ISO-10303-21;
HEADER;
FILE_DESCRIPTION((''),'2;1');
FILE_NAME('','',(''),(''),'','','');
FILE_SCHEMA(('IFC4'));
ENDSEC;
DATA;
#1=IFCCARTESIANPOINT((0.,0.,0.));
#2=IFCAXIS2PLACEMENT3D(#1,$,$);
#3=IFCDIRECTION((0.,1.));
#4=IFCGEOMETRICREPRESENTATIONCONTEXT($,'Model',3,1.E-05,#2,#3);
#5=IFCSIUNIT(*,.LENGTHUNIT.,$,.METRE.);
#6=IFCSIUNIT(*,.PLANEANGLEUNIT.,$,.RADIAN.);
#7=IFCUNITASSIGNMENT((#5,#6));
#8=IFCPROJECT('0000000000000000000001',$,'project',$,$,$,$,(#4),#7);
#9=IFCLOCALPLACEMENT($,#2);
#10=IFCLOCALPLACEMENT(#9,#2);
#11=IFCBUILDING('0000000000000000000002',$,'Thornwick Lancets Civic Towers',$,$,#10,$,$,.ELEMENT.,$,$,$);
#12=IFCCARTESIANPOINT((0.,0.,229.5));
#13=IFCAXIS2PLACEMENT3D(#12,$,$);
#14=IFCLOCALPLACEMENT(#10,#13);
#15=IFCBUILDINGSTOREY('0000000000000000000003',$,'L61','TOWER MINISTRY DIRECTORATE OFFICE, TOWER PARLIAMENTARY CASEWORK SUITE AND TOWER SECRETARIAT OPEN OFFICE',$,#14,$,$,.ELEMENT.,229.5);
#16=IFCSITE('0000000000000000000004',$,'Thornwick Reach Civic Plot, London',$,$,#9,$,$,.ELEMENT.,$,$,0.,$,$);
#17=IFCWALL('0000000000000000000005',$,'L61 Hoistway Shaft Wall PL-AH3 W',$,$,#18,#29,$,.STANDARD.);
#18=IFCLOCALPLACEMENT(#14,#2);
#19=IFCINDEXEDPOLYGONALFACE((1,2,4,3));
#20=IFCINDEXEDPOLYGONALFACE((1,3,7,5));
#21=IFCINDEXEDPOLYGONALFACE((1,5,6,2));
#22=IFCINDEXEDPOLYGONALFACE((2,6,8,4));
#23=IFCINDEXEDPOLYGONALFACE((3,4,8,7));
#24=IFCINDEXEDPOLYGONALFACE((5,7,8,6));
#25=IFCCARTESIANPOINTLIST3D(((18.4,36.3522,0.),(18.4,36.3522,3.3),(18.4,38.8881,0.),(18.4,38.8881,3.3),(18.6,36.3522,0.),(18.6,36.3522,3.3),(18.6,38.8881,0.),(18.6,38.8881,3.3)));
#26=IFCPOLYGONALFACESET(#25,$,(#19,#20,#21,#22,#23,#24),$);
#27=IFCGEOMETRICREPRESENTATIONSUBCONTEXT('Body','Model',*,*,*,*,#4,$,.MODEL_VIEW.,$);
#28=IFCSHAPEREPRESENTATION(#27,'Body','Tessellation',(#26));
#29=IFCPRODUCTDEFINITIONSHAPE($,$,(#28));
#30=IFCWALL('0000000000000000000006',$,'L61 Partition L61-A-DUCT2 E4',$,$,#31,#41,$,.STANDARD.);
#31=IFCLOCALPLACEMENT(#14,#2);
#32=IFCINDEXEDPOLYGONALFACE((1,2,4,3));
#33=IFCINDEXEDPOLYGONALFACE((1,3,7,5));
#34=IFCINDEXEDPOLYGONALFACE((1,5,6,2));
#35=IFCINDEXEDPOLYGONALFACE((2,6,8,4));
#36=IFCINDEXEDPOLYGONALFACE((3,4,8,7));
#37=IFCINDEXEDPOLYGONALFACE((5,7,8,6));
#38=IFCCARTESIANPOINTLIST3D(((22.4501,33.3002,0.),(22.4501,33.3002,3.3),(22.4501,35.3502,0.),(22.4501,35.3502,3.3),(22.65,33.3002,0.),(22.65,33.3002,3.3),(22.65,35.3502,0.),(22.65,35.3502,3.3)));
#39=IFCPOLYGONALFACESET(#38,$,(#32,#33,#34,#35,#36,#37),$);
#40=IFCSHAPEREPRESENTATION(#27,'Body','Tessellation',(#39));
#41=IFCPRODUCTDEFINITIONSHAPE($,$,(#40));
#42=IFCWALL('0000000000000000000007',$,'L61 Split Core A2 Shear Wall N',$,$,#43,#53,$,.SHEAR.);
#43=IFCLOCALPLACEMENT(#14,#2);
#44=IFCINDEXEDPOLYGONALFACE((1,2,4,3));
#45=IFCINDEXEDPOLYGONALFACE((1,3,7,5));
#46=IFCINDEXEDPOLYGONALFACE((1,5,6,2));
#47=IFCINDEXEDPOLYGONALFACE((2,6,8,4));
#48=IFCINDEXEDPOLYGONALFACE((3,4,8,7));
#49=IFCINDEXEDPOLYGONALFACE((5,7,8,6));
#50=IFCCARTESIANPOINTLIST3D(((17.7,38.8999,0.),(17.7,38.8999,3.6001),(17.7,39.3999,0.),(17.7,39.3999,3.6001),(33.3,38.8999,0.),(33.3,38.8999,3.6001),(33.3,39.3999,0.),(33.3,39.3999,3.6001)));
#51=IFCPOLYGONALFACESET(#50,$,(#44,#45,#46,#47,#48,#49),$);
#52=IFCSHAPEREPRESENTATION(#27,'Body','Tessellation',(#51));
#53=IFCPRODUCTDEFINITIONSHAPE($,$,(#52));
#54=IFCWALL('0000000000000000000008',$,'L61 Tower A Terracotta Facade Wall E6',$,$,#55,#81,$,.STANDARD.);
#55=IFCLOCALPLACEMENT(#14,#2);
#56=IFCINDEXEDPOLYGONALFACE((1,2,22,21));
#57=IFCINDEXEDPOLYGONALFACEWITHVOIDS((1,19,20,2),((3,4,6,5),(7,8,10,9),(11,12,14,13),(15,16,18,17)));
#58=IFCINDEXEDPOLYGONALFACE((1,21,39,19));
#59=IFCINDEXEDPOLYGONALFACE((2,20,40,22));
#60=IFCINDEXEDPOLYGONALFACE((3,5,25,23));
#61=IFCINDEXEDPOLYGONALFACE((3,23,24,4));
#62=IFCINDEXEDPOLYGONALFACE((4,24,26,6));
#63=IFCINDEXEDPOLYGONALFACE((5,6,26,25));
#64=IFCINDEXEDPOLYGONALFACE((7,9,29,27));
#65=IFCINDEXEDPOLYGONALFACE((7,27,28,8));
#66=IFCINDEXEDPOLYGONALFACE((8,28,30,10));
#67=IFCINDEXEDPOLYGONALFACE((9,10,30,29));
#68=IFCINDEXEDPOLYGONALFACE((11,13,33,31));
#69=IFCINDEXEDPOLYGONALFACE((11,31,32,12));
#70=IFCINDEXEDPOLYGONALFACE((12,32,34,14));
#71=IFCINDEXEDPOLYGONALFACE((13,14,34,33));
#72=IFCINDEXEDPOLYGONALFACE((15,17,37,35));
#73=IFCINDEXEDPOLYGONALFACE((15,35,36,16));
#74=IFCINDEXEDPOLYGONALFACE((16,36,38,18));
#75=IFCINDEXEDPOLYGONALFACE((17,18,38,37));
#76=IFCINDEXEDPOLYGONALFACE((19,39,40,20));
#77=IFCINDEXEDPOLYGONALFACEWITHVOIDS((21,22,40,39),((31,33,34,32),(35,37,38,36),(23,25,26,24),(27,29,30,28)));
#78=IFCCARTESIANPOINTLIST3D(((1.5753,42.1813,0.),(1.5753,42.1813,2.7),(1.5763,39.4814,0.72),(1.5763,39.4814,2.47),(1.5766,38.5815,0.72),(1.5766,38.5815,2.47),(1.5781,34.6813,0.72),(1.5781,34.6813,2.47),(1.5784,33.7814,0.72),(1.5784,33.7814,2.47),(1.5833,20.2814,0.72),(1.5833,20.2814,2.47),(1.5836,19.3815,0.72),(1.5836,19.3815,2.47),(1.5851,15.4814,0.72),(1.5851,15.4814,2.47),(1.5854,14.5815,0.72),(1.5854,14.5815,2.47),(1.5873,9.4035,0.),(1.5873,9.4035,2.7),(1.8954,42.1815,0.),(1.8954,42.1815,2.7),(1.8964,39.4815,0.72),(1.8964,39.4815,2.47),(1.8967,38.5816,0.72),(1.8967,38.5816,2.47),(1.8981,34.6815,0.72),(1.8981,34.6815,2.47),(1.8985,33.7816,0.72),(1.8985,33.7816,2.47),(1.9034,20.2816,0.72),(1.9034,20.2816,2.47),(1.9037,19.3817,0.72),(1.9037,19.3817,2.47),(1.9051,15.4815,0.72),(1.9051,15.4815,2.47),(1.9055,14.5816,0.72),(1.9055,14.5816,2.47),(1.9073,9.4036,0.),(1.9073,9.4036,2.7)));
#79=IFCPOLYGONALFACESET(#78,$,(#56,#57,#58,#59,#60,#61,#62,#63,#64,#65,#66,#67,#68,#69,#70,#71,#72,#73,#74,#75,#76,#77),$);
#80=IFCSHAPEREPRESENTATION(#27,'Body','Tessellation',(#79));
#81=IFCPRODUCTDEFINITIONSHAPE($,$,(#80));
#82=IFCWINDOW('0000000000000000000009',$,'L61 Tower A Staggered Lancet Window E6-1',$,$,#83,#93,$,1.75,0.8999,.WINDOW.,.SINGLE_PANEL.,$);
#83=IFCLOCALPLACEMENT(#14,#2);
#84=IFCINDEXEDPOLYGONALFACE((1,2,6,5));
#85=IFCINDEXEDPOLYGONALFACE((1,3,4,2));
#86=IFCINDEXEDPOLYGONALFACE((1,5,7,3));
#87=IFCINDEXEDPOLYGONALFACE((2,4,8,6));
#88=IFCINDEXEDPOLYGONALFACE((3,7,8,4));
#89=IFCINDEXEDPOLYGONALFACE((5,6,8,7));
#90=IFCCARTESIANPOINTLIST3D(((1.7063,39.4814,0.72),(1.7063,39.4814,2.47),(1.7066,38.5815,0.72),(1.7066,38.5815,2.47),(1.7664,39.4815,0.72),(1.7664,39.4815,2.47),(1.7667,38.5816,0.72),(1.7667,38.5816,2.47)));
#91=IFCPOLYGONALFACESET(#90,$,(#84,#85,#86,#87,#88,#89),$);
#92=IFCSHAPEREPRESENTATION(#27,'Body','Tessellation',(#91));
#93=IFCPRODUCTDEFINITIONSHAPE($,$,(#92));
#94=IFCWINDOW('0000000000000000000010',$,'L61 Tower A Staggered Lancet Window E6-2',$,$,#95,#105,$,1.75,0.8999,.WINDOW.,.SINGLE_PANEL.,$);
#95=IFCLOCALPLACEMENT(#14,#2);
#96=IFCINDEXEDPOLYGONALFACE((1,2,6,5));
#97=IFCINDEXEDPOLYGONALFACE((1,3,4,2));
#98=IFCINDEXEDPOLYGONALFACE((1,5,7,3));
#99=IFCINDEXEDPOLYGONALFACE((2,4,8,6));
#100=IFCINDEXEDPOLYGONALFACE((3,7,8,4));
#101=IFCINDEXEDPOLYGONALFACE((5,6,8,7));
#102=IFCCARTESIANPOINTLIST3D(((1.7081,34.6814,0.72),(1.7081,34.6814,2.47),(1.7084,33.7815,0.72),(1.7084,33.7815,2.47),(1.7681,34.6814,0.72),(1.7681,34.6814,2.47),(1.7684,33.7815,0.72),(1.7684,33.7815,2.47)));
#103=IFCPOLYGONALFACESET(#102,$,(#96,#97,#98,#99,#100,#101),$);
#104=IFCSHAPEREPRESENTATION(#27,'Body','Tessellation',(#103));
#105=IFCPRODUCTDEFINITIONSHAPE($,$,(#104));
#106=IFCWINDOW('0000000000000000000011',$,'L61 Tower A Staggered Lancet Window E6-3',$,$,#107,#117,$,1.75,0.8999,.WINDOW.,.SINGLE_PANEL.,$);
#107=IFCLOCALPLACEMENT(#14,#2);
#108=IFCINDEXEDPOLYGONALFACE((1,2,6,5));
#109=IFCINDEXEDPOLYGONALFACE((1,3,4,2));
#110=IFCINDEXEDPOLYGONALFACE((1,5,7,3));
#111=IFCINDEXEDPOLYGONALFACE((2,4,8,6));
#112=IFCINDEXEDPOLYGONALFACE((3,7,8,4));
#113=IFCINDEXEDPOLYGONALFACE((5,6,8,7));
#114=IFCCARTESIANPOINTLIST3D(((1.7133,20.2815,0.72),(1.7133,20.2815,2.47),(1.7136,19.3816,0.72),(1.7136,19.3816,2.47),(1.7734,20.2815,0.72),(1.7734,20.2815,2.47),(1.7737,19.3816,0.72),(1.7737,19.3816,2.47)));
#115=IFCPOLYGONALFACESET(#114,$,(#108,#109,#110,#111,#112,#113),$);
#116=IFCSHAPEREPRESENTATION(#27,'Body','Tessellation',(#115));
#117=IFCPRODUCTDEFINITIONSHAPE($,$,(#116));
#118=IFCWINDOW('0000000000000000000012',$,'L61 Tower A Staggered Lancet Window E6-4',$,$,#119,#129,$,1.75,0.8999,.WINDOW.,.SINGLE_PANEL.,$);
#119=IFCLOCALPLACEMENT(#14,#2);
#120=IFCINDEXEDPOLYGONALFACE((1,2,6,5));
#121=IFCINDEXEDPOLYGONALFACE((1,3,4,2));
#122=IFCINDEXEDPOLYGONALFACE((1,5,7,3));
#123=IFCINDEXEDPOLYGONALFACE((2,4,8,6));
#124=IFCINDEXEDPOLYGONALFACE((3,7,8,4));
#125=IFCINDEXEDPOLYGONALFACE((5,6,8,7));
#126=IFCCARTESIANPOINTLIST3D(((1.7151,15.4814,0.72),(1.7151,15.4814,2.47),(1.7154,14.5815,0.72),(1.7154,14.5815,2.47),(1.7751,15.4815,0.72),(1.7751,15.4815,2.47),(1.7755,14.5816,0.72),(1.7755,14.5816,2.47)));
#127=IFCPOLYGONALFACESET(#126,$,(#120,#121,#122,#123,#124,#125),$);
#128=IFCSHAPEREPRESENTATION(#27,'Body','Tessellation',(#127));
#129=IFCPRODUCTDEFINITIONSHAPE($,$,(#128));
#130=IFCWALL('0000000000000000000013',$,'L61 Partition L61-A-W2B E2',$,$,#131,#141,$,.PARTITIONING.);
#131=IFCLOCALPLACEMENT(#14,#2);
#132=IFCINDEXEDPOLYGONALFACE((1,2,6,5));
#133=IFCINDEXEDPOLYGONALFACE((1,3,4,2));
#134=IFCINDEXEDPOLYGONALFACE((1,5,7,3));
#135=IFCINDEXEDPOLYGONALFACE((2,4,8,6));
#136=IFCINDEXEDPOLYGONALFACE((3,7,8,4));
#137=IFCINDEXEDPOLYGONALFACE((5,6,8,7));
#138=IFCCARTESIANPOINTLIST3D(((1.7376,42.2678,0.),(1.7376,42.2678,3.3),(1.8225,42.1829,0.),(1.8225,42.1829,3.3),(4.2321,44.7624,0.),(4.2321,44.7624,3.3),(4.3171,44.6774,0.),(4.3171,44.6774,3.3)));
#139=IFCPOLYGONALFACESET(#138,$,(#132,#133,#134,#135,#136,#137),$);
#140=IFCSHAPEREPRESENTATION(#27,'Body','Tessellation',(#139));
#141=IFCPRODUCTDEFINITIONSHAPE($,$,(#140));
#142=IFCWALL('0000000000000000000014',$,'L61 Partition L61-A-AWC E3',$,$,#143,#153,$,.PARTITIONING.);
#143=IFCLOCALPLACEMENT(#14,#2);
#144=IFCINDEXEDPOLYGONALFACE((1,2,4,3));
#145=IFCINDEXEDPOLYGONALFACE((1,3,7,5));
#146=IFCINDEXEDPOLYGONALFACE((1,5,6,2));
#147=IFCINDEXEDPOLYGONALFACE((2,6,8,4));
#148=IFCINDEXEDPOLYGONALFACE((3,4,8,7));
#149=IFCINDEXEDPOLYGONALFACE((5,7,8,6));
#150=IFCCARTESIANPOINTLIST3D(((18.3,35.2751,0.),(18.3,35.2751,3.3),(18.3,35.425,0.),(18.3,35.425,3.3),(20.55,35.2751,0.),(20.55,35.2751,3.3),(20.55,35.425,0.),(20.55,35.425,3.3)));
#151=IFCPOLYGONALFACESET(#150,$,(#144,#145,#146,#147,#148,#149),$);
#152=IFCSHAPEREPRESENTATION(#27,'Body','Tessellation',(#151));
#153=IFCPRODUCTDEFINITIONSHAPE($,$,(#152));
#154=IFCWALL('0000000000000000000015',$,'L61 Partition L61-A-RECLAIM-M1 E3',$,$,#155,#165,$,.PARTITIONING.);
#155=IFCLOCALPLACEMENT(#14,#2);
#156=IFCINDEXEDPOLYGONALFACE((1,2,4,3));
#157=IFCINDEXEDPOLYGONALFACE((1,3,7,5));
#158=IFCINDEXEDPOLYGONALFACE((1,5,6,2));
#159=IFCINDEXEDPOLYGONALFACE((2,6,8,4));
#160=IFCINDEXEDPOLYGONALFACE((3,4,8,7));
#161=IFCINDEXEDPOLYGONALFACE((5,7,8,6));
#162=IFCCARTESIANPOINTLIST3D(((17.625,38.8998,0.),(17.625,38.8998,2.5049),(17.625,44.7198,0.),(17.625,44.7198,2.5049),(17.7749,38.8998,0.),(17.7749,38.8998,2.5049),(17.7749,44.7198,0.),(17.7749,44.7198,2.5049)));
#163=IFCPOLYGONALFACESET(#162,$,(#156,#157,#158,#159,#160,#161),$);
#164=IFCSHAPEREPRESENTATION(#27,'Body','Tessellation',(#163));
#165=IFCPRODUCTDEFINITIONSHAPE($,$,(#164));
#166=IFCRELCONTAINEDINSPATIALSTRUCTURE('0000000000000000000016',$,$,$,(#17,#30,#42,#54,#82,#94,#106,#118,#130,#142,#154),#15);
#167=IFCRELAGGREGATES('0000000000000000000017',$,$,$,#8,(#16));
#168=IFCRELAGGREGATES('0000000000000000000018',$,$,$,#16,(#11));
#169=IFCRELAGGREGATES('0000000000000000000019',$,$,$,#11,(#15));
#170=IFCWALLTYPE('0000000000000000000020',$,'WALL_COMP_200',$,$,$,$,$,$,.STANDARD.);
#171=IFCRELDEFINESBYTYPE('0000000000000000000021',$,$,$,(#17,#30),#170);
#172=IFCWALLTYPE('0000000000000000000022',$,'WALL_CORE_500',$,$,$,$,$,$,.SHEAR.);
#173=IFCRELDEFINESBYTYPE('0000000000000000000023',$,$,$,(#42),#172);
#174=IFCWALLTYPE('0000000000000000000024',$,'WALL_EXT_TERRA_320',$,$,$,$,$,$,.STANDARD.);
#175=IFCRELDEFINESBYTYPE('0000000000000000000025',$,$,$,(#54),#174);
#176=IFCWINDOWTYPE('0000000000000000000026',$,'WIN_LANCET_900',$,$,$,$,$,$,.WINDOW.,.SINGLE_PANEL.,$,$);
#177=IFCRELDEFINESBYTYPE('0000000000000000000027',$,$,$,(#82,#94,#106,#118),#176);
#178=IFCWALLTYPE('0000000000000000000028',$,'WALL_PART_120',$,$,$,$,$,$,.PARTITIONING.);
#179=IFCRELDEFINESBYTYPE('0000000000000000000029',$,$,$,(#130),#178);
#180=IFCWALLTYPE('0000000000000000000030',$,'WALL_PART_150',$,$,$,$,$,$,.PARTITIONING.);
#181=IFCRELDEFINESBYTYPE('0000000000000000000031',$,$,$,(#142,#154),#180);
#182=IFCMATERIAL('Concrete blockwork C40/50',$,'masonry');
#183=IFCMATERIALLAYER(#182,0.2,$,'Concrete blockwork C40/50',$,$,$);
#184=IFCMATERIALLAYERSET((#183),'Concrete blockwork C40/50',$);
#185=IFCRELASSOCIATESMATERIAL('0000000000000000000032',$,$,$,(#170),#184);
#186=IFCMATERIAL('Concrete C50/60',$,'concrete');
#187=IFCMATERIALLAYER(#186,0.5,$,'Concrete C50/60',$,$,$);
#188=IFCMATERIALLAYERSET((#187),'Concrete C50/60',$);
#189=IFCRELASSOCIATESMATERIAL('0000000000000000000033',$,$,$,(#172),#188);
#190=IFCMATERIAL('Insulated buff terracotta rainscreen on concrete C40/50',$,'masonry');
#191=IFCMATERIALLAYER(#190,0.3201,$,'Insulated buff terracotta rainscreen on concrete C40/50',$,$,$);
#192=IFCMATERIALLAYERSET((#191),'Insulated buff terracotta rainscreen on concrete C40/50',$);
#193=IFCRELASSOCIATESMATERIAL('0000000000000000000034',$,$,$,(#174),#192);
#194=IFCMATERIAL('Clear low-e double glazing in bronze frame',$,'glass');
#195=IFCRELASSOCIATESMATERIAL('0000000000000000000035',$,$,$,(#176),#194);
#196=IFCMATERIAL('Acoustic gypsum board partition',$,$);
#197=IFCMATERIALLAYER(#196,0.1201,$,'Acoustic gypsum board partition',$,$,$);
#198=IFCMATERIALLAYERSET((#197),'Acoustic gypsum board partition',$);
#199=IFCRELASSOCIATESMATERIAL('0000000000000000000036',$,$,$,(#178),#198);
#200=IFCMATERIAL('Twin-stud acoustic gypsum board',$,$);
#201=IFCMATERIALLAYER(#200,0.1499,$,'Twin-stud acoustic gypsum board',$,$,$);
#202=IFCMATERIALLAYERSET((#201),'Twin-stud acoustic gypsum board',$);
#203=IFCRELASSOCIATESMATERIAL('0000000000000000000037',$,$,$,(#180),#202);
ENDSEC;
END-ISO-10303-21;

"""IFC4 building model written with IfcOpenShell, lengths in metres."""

from ifc_helpers import new_model, si_unit, direction, frame, frame_2d, origin, place, context, subcontext, project, spatial, rectangle, extrude, material, layer, layer_set, type_object, element, fill, save


model = new_model("IFC4")

# Units and contexts
model_context = context("Model", 3, precision=1e-05, world=origin(), true_north=direction((0.0, 1.0)))
body_context = subcontext(model_context, "Body", "Model", "MODEL_VIEW")
ifc_project = project(units=[si_unit("LENGTHUNIT", "METRE"), si_unit("PLANEANGLEUNIT", "RADIAN")], contexts=[model_context])

# Site, building, storey
site_placement = place(None, origin())
site = spatial("IfcSite", under=ifc_project, at=site_placement, Name="Thornwick Reach Civic Plot, London", CompositionType="ELEMENT", RefElevation=0.0)
building_placement = place(site_placement, origin())
building = spatial("IfcBuilding", under=site, at=building_placement, Name="Thornwick Lancets Civic Towers", CompositionType="ELEMENT")
storey_placement = place(building_placement, frame((0.0, 0.0, 229.5)))
storey = spatial("IfcBuildingStorey", under=building, at=storey_placement, Name="L61", Description="TOWER MINISTRY DIRECTORATE OFFICE, TOWER PARLIAMENTARY CASEWORK SUITE AND TOWER SECRETARIAT OPEN OFFICE", CompositionType="ELEMENT", Elevation=229.5)

# Shared definitions
ifc_material_1 = material(Name="Concrete C50/60", Category="concrete")

# Shared definitions
ifc_material_2 = material(Name="Concrete blockwork C40/50", Category="masonry")
ifc_layer_1 = layer(ifc_material_2, 0.2, Name="Concrete blockwork C40/50")
ifc_layer_set_1 = layer_set([ifc_layer_1], Name="Concrete blockwork C40/50")
wall_type_1 = type_object("IfcWallType", Name="WALL_COMP_200", PredefinedType="STANDARD", material=ifc_layer_set_1)

# Walls
for number, where, z_axis, x_axis, name in (
    (1, (18.5, 36.3521, 0.0), (0.0, 0.0, 1.0), (0.0, 1.0, 0.0), "L61 Hoistway Shaft Wall PL-AH3 W"),
):
    element("IfcWall", number, at=place(storey_placement, frame(where, z_axis=z_axis, x_axis=x_axis)), inside=storey, type_object=wall_type_1, Name=name, PredefinedType="STANDARD", context=body_context, shape_type="SweptSolid", body=[
        extrude(rectangle(XDim=2.5359, YDim=0.2, at=frame_2d((1.2681, 0.0))), origin(), (0.0, 0.0, 1.0), 3.3),
    ])
wall_1_placement = place(storey_placement, frame((22.55, 35.3501, 0.0), z_axis=(0.0, 0.0, 1.0), x_axis=(0.0, -1.0, 0.0)))
element("IfcWall", 2, at=wall_1_placement, inside=storey, type_object=wall_type_1, Name="L61 Partition L61-A-DUCT2 E4", PredefinedType="STANDARD", context=body_context, shape_type="SweptSolid", body=[
    extrude(rectangle(XDim=2.05, YDim=0.2, at=frame_2d((1.0249, 0.0))), origin(), (0.0, 0.0, 1.0), 3.3),
])
ifc_layer_2 = layer(ifc_material_1, 0.5, Name="Concrete C50/60")
ifc_layer_set_2 = layer_set([ifc_layer_2], Name="Concrete C50/60")
wall_type_2 = type_object("IfcWallType", Name="WALL_CORE_500", PredefinedType="SHEAR", material=ifc_layer_set_2)
wall_2_placement = place(storey_placement, frame((17.7, 39.1499, 0.0), z_axis=(0.0, 0.0, 1.0), x_axis=(1.0, 0.0, 0.0)))
element("IfcWall", 3, at=wall_2_placement, inside=storey, type_object=wall_type_2, Name="L61 Split Core A2 Shear Wall N", PredefinedType="SHEAR", context=body_context, shape_type="SweptSolid", body=[
    extrude(rectangle(XDim=15.6001, YDim=0.5, at=frame_2d((7.8, 0.0))), origin(), (0.0, 0.0, 1.0), 3.6001),
])

# Wall, openings, windows
ifc_material_3 = material(Name="Insulated buff terracotta rainscreen on concrete C40/50", Category="masonry")
ifc_layer_3 = layer(ifc_material_3, 0.3201, Name="Insulated buff terracotta rainscreen on concrete C40/50")
ifc_layer_set_3 = layer_set([ifc_layer_3], Name="Insulated buff terracotta rainscreen on concrete C40/50")
wall_type_3 = type_object("IfcWallType", Name="WALL_EXT_TERRA_320", PredefinedType="STANDARD", material=ifc_layer_set_3)
wall_3_placement = place(storey_placement, frame((1.7354, 42.1814, 0.0), z_axis=(0.0, 0.0, 1.0), x_axis=(0.000365, -1.0, 0.0)))
wall_3 = element("IfcWall", 4, at=wall_3_placement, inside=storey, type_object=wall_type_3, Name="L61 Tower A Terracotta Facade Wall E6", PredefinedType="STANDARD", context=body_context, shape_type="SweptSolid", body=[
    extrude(rectangle(XDim=32.7778, YDim=0.3201, at=frame_2d((16.3889, 0.0))), origin(), (0.0, 0.0, 1.0), 2.7),
])
opening_1_placement = place(wall_3_placement, frame((2.7, 0.0, 0.72)))
opening_1 = element("IfcOpeningElement", 5, at=opening_1_placement, cuts=wall_3, PredefinedType="OPENING", context=body_context, shape_type="SweptSolid", body=[
    extrude(rectangle(XDim=0.8999, YDim=1.75, at=frame_2d((0.45, 0.875))), frame((0.0, 0.1699, 0.0), z_axis=(0.0, -1.0, 0.0), x_axis=(1.0, 0.0, 0.0)), (0.0, 0.0, 1.0), 0.3401),
])
opening_2_placement = place(wall_3_placement, frame((7.5, 0.0, 0.72)))
opening_2 = element("IfcOpeningElement", 6, at=opening_2_placement, cuts=wall_3, PredefinedType="OPENING", context=body_context, shape_type="SweptSolid", body=[
    extrude(rectangle(XDim=0.8999, YDim=1.75, at=frame_2d((0.45, 0.875))), frame((0.0, 0.1699, 0.0), z_axis=(0.0, -1.0, 0.0), x_axis=(1.0, 0.0, 0.0)), (0.0, 0.0, 1.0), 0.3401),
])
opening_3_placement = place(wall_3_placement, frame((21.8999, 0.0, 0.72)))
opening_3 = element("IfcOpeningElement", 7, at=opening_3_placement, cuts=wall_3, PredefinedType="OPENING", context=body_context, shape_type="SweptSolid", body=[
    extrude(rectangle(XDim=0.8999, YDim=1.75, at=frame_2d((0.45, 0.875))), frame((0.0, 0.1699, 0.0), z_axis=(0.0, -1.0, 0.0), x_axis=(1.0, 0.0, 0.0)), (0.0, 0.0, 1.0), 0.3401),
])
opening_4_placement = place(wall_3_placement, frame((26.7, 0.0, 0.72)))
opening_4 = element("IfcOpeningElement", 8, at=opening_4_placement, cuts=wall_3, PredefinedType="OPENING", context=body_context, shape_type="SweptSolid", body=[
    extrude(rectangle(XDim=0.8999, YDim=1.75, at=frame_2d((0.45, 0.875))), frame((0.0, 0.1699, 0.0), z_axis=(0.0, -1.0, 0.0), x_axis=(1.0, 0.0, 0.0)), (0.0, 0.0, 1.0), 0.3401),
])
ifc_material_4 = material(Name="Clear low-e double glazing in bronze frame", Category="glass")
window_type = type_object("IfcWindowType", Name="WIN_LANCET_900", PartitioningType="SINGLE_PANEL", PredefinedType="WINDOW", material=ifc_material_4)
window_1_placement = place(opening_1_placement, origin())
window_1 = element("IfcWindow", 9, at=window_1_placement, inside=storey, type_object=window_type, Name="L61 Tower A Staggered Lancet Window E6-1", OverallHeight=1.75, OverallWidth=0.8999, PartitioningType="SINGLE_PANEL", PredefinedType="WINDOW", context=body_context, shape_type="SweptSolid", body=[
    extrude(rectangle(XDim=0.8999, YDim=1.75, at=frame_2d((0.45, 0.875))), frame((0.0, 0.03, 0.0), z_axis=(0.0, -1.0, 0.0), x_axis=(1.0, 0.0, 0.0)), (0.0, 0.0, 1.0), 0.0601),
])
fill(opening_1, window_1)
window_2_placement = place(opening_2_placement, origin())
window_2 = element("IfcWindow", 10, at=window_2_placement, inside=storey, type_object=window_type, Name="L61 Tower A Staggered Lancet Window E6-2", OverallHeight=1.75, OverallWidth=0.8999, PartitioningType="SINGLE_PANEL", PredefinedType="WINDOW", context=body_context, shape_type="SweptSolid", body=[
    extrude(rectangle(XDim=0.8999, YDim=1.75, at=frame_2d((0.45, 0.875))), frame((0.0, 0.03, 0.0), z_axis=(0.0, -1.0, 0.0), x_axis=(1.0, 0.0, 0.0)), (0.0, 0.0, 1.0), 0.0601),
])
fill(opening_2, window_2)
window_3_placement = place(opening_3_placement, origin())
window_3 = element("IfcWindow", 11, at=window_3_placement, inside=storey, type_object=window_type, Name="L61 Tower A Staggered Lancet Window E6-3", OverallHeight=1.75, OverallWidth=0.8999, PartitioningType="SINGLE_PANEL", PredefinedType="WINDOW", context=body_context, shape_type="SweptSolid", body=[
    extrude(rectangle(XDim=0.8999, YDim=1.75, at=frame_2d((0.45, 0.875))), frame((0.0, 0.03, 0.0), z_axis=(0.0, -1.0, 0.0), x_axis=(1.0, 0.0, 0.0)), (0.0, 0.0, 1.0), 0.0601),
])
fill(opening_3, window_3)
window_4_placement = place(opening_4_placement, origin())
window_4 = element("IfcWindow", 12, at=window_4_placement, inside=storey, type_object=window_type, Name="L61 Tower A Staggered Lancet Window E6-4", OverallHeight=1.75, OverallWidth=0.8999, PartitioningType="SINGLE_PANEL", PredefinedType="WINDOW", context=body_context, shape_type="SweptSolid", body=[
    extrude(rectangle(XDim=0.8999, YDim=1.75, at=frame_2d((0.45, 0.875))), frame((0.0, 0.03, 0.0), z_axis=(0.0, -1.0, 0.0), x_axis=(1.0, 0.0, 0.0)), (0.0, 0.0, 1.0), 0.0601),
])
fill(opening_4, window_4)

# Walls
ifc_material_5 = material(Name="Acoustic gypsum board partition")
ifc_layer_4 = layer(ifc_material_5, 0.1201, Name="Acoustic gypsum board partition")
ifc_layer_set_4 = layer_set([ifc_layer_4], Name="Acoustic gypsum board partition")
wall_type_4 = type_object("IfcWallType", Name="WALL_PART_120", PredefinedType="PARTITIONING", material=ifc_layer_set_4)
wall_4_placement = place(storey_placement, frame((1.78, 42.2253, 0.0), z_axis=(0.0, 0.0, 1.0), x_axis=(0.707107, 0.707107, 0.0)))
element("IfcWall", 13, at=wall_4_placement, inside=storey, type_object=wall_type_4, Name="L61 Partition L61-A-W2B E2", PredefinedType="PARTITIONING", context=body_context, shape_type="SweptSolid", body=[
    extrude(rectangle(XDim=3.5278, YDim=0.1201, at=frame_2d((1.7639, 0.0))), origin(), (0.0, 0.0, 1.0), 3.3),
])
ifc_material_6 = material(Name="Twin-stud acoustic gypsum board")
ifc_layer_5 = layer(ifc_material_6, 0.1499, Name="Twin-stud acoustic gypsum board")
ifc_layer_set_5 = layer_set([ifc_layer_5], Name="Twin-stud acoustic gypsum board")
wall_type_5 = type_object("IfcWallType", Name="WALL_PART_150", PredefinedType="PARTITIONING", material=ifc_layer_set_5)
wall_5_placement = place(storey_placement, frame((20.55, 35.3501, 0.0), z_axis=(0.0, 0.0, 1.0), x_axis=(-1.0, 0.0, 0.0)))
element("IfcWall", 14, at=wall_5_placement, inside=storey, type_object=wall_type_5, Name="L61 Partition L61-A-AWC E3", PredefinedType="PARTITIONING", context=body_context, shape_type="SweptSolid", body=[
    extrude(rectangle(XDim=2.25, YDim=0.1499, at=frame_2d((1.125, 0.0))), origin(), (0.0, 0.0, 1.0), 3.3),
])
wall_6_placement = place(storey_placement, frame((17.7, 44.72, 0.0), z_axis=(0.0, 0.0, 1.0), x_axis=(0.0, -1.0, 0.0)))
element("IfcWall", 15, at=wall_6_placement, inside=storey, type_object=wall_type_5, Name="L61 Partition L61-A-RECLAIM-M1 E3", PredefinedType="PARTITIONING", context=body_context, shape_type="SweptSolid", body=[
    extrude(rectangle(XDim=5.8201, YDim=0.1499, at=frame_2d((2.9102, 0.0))), origin(), (0.0, 0.0, 1.0), 2.5049),
])

save(model, "model.ifc")
